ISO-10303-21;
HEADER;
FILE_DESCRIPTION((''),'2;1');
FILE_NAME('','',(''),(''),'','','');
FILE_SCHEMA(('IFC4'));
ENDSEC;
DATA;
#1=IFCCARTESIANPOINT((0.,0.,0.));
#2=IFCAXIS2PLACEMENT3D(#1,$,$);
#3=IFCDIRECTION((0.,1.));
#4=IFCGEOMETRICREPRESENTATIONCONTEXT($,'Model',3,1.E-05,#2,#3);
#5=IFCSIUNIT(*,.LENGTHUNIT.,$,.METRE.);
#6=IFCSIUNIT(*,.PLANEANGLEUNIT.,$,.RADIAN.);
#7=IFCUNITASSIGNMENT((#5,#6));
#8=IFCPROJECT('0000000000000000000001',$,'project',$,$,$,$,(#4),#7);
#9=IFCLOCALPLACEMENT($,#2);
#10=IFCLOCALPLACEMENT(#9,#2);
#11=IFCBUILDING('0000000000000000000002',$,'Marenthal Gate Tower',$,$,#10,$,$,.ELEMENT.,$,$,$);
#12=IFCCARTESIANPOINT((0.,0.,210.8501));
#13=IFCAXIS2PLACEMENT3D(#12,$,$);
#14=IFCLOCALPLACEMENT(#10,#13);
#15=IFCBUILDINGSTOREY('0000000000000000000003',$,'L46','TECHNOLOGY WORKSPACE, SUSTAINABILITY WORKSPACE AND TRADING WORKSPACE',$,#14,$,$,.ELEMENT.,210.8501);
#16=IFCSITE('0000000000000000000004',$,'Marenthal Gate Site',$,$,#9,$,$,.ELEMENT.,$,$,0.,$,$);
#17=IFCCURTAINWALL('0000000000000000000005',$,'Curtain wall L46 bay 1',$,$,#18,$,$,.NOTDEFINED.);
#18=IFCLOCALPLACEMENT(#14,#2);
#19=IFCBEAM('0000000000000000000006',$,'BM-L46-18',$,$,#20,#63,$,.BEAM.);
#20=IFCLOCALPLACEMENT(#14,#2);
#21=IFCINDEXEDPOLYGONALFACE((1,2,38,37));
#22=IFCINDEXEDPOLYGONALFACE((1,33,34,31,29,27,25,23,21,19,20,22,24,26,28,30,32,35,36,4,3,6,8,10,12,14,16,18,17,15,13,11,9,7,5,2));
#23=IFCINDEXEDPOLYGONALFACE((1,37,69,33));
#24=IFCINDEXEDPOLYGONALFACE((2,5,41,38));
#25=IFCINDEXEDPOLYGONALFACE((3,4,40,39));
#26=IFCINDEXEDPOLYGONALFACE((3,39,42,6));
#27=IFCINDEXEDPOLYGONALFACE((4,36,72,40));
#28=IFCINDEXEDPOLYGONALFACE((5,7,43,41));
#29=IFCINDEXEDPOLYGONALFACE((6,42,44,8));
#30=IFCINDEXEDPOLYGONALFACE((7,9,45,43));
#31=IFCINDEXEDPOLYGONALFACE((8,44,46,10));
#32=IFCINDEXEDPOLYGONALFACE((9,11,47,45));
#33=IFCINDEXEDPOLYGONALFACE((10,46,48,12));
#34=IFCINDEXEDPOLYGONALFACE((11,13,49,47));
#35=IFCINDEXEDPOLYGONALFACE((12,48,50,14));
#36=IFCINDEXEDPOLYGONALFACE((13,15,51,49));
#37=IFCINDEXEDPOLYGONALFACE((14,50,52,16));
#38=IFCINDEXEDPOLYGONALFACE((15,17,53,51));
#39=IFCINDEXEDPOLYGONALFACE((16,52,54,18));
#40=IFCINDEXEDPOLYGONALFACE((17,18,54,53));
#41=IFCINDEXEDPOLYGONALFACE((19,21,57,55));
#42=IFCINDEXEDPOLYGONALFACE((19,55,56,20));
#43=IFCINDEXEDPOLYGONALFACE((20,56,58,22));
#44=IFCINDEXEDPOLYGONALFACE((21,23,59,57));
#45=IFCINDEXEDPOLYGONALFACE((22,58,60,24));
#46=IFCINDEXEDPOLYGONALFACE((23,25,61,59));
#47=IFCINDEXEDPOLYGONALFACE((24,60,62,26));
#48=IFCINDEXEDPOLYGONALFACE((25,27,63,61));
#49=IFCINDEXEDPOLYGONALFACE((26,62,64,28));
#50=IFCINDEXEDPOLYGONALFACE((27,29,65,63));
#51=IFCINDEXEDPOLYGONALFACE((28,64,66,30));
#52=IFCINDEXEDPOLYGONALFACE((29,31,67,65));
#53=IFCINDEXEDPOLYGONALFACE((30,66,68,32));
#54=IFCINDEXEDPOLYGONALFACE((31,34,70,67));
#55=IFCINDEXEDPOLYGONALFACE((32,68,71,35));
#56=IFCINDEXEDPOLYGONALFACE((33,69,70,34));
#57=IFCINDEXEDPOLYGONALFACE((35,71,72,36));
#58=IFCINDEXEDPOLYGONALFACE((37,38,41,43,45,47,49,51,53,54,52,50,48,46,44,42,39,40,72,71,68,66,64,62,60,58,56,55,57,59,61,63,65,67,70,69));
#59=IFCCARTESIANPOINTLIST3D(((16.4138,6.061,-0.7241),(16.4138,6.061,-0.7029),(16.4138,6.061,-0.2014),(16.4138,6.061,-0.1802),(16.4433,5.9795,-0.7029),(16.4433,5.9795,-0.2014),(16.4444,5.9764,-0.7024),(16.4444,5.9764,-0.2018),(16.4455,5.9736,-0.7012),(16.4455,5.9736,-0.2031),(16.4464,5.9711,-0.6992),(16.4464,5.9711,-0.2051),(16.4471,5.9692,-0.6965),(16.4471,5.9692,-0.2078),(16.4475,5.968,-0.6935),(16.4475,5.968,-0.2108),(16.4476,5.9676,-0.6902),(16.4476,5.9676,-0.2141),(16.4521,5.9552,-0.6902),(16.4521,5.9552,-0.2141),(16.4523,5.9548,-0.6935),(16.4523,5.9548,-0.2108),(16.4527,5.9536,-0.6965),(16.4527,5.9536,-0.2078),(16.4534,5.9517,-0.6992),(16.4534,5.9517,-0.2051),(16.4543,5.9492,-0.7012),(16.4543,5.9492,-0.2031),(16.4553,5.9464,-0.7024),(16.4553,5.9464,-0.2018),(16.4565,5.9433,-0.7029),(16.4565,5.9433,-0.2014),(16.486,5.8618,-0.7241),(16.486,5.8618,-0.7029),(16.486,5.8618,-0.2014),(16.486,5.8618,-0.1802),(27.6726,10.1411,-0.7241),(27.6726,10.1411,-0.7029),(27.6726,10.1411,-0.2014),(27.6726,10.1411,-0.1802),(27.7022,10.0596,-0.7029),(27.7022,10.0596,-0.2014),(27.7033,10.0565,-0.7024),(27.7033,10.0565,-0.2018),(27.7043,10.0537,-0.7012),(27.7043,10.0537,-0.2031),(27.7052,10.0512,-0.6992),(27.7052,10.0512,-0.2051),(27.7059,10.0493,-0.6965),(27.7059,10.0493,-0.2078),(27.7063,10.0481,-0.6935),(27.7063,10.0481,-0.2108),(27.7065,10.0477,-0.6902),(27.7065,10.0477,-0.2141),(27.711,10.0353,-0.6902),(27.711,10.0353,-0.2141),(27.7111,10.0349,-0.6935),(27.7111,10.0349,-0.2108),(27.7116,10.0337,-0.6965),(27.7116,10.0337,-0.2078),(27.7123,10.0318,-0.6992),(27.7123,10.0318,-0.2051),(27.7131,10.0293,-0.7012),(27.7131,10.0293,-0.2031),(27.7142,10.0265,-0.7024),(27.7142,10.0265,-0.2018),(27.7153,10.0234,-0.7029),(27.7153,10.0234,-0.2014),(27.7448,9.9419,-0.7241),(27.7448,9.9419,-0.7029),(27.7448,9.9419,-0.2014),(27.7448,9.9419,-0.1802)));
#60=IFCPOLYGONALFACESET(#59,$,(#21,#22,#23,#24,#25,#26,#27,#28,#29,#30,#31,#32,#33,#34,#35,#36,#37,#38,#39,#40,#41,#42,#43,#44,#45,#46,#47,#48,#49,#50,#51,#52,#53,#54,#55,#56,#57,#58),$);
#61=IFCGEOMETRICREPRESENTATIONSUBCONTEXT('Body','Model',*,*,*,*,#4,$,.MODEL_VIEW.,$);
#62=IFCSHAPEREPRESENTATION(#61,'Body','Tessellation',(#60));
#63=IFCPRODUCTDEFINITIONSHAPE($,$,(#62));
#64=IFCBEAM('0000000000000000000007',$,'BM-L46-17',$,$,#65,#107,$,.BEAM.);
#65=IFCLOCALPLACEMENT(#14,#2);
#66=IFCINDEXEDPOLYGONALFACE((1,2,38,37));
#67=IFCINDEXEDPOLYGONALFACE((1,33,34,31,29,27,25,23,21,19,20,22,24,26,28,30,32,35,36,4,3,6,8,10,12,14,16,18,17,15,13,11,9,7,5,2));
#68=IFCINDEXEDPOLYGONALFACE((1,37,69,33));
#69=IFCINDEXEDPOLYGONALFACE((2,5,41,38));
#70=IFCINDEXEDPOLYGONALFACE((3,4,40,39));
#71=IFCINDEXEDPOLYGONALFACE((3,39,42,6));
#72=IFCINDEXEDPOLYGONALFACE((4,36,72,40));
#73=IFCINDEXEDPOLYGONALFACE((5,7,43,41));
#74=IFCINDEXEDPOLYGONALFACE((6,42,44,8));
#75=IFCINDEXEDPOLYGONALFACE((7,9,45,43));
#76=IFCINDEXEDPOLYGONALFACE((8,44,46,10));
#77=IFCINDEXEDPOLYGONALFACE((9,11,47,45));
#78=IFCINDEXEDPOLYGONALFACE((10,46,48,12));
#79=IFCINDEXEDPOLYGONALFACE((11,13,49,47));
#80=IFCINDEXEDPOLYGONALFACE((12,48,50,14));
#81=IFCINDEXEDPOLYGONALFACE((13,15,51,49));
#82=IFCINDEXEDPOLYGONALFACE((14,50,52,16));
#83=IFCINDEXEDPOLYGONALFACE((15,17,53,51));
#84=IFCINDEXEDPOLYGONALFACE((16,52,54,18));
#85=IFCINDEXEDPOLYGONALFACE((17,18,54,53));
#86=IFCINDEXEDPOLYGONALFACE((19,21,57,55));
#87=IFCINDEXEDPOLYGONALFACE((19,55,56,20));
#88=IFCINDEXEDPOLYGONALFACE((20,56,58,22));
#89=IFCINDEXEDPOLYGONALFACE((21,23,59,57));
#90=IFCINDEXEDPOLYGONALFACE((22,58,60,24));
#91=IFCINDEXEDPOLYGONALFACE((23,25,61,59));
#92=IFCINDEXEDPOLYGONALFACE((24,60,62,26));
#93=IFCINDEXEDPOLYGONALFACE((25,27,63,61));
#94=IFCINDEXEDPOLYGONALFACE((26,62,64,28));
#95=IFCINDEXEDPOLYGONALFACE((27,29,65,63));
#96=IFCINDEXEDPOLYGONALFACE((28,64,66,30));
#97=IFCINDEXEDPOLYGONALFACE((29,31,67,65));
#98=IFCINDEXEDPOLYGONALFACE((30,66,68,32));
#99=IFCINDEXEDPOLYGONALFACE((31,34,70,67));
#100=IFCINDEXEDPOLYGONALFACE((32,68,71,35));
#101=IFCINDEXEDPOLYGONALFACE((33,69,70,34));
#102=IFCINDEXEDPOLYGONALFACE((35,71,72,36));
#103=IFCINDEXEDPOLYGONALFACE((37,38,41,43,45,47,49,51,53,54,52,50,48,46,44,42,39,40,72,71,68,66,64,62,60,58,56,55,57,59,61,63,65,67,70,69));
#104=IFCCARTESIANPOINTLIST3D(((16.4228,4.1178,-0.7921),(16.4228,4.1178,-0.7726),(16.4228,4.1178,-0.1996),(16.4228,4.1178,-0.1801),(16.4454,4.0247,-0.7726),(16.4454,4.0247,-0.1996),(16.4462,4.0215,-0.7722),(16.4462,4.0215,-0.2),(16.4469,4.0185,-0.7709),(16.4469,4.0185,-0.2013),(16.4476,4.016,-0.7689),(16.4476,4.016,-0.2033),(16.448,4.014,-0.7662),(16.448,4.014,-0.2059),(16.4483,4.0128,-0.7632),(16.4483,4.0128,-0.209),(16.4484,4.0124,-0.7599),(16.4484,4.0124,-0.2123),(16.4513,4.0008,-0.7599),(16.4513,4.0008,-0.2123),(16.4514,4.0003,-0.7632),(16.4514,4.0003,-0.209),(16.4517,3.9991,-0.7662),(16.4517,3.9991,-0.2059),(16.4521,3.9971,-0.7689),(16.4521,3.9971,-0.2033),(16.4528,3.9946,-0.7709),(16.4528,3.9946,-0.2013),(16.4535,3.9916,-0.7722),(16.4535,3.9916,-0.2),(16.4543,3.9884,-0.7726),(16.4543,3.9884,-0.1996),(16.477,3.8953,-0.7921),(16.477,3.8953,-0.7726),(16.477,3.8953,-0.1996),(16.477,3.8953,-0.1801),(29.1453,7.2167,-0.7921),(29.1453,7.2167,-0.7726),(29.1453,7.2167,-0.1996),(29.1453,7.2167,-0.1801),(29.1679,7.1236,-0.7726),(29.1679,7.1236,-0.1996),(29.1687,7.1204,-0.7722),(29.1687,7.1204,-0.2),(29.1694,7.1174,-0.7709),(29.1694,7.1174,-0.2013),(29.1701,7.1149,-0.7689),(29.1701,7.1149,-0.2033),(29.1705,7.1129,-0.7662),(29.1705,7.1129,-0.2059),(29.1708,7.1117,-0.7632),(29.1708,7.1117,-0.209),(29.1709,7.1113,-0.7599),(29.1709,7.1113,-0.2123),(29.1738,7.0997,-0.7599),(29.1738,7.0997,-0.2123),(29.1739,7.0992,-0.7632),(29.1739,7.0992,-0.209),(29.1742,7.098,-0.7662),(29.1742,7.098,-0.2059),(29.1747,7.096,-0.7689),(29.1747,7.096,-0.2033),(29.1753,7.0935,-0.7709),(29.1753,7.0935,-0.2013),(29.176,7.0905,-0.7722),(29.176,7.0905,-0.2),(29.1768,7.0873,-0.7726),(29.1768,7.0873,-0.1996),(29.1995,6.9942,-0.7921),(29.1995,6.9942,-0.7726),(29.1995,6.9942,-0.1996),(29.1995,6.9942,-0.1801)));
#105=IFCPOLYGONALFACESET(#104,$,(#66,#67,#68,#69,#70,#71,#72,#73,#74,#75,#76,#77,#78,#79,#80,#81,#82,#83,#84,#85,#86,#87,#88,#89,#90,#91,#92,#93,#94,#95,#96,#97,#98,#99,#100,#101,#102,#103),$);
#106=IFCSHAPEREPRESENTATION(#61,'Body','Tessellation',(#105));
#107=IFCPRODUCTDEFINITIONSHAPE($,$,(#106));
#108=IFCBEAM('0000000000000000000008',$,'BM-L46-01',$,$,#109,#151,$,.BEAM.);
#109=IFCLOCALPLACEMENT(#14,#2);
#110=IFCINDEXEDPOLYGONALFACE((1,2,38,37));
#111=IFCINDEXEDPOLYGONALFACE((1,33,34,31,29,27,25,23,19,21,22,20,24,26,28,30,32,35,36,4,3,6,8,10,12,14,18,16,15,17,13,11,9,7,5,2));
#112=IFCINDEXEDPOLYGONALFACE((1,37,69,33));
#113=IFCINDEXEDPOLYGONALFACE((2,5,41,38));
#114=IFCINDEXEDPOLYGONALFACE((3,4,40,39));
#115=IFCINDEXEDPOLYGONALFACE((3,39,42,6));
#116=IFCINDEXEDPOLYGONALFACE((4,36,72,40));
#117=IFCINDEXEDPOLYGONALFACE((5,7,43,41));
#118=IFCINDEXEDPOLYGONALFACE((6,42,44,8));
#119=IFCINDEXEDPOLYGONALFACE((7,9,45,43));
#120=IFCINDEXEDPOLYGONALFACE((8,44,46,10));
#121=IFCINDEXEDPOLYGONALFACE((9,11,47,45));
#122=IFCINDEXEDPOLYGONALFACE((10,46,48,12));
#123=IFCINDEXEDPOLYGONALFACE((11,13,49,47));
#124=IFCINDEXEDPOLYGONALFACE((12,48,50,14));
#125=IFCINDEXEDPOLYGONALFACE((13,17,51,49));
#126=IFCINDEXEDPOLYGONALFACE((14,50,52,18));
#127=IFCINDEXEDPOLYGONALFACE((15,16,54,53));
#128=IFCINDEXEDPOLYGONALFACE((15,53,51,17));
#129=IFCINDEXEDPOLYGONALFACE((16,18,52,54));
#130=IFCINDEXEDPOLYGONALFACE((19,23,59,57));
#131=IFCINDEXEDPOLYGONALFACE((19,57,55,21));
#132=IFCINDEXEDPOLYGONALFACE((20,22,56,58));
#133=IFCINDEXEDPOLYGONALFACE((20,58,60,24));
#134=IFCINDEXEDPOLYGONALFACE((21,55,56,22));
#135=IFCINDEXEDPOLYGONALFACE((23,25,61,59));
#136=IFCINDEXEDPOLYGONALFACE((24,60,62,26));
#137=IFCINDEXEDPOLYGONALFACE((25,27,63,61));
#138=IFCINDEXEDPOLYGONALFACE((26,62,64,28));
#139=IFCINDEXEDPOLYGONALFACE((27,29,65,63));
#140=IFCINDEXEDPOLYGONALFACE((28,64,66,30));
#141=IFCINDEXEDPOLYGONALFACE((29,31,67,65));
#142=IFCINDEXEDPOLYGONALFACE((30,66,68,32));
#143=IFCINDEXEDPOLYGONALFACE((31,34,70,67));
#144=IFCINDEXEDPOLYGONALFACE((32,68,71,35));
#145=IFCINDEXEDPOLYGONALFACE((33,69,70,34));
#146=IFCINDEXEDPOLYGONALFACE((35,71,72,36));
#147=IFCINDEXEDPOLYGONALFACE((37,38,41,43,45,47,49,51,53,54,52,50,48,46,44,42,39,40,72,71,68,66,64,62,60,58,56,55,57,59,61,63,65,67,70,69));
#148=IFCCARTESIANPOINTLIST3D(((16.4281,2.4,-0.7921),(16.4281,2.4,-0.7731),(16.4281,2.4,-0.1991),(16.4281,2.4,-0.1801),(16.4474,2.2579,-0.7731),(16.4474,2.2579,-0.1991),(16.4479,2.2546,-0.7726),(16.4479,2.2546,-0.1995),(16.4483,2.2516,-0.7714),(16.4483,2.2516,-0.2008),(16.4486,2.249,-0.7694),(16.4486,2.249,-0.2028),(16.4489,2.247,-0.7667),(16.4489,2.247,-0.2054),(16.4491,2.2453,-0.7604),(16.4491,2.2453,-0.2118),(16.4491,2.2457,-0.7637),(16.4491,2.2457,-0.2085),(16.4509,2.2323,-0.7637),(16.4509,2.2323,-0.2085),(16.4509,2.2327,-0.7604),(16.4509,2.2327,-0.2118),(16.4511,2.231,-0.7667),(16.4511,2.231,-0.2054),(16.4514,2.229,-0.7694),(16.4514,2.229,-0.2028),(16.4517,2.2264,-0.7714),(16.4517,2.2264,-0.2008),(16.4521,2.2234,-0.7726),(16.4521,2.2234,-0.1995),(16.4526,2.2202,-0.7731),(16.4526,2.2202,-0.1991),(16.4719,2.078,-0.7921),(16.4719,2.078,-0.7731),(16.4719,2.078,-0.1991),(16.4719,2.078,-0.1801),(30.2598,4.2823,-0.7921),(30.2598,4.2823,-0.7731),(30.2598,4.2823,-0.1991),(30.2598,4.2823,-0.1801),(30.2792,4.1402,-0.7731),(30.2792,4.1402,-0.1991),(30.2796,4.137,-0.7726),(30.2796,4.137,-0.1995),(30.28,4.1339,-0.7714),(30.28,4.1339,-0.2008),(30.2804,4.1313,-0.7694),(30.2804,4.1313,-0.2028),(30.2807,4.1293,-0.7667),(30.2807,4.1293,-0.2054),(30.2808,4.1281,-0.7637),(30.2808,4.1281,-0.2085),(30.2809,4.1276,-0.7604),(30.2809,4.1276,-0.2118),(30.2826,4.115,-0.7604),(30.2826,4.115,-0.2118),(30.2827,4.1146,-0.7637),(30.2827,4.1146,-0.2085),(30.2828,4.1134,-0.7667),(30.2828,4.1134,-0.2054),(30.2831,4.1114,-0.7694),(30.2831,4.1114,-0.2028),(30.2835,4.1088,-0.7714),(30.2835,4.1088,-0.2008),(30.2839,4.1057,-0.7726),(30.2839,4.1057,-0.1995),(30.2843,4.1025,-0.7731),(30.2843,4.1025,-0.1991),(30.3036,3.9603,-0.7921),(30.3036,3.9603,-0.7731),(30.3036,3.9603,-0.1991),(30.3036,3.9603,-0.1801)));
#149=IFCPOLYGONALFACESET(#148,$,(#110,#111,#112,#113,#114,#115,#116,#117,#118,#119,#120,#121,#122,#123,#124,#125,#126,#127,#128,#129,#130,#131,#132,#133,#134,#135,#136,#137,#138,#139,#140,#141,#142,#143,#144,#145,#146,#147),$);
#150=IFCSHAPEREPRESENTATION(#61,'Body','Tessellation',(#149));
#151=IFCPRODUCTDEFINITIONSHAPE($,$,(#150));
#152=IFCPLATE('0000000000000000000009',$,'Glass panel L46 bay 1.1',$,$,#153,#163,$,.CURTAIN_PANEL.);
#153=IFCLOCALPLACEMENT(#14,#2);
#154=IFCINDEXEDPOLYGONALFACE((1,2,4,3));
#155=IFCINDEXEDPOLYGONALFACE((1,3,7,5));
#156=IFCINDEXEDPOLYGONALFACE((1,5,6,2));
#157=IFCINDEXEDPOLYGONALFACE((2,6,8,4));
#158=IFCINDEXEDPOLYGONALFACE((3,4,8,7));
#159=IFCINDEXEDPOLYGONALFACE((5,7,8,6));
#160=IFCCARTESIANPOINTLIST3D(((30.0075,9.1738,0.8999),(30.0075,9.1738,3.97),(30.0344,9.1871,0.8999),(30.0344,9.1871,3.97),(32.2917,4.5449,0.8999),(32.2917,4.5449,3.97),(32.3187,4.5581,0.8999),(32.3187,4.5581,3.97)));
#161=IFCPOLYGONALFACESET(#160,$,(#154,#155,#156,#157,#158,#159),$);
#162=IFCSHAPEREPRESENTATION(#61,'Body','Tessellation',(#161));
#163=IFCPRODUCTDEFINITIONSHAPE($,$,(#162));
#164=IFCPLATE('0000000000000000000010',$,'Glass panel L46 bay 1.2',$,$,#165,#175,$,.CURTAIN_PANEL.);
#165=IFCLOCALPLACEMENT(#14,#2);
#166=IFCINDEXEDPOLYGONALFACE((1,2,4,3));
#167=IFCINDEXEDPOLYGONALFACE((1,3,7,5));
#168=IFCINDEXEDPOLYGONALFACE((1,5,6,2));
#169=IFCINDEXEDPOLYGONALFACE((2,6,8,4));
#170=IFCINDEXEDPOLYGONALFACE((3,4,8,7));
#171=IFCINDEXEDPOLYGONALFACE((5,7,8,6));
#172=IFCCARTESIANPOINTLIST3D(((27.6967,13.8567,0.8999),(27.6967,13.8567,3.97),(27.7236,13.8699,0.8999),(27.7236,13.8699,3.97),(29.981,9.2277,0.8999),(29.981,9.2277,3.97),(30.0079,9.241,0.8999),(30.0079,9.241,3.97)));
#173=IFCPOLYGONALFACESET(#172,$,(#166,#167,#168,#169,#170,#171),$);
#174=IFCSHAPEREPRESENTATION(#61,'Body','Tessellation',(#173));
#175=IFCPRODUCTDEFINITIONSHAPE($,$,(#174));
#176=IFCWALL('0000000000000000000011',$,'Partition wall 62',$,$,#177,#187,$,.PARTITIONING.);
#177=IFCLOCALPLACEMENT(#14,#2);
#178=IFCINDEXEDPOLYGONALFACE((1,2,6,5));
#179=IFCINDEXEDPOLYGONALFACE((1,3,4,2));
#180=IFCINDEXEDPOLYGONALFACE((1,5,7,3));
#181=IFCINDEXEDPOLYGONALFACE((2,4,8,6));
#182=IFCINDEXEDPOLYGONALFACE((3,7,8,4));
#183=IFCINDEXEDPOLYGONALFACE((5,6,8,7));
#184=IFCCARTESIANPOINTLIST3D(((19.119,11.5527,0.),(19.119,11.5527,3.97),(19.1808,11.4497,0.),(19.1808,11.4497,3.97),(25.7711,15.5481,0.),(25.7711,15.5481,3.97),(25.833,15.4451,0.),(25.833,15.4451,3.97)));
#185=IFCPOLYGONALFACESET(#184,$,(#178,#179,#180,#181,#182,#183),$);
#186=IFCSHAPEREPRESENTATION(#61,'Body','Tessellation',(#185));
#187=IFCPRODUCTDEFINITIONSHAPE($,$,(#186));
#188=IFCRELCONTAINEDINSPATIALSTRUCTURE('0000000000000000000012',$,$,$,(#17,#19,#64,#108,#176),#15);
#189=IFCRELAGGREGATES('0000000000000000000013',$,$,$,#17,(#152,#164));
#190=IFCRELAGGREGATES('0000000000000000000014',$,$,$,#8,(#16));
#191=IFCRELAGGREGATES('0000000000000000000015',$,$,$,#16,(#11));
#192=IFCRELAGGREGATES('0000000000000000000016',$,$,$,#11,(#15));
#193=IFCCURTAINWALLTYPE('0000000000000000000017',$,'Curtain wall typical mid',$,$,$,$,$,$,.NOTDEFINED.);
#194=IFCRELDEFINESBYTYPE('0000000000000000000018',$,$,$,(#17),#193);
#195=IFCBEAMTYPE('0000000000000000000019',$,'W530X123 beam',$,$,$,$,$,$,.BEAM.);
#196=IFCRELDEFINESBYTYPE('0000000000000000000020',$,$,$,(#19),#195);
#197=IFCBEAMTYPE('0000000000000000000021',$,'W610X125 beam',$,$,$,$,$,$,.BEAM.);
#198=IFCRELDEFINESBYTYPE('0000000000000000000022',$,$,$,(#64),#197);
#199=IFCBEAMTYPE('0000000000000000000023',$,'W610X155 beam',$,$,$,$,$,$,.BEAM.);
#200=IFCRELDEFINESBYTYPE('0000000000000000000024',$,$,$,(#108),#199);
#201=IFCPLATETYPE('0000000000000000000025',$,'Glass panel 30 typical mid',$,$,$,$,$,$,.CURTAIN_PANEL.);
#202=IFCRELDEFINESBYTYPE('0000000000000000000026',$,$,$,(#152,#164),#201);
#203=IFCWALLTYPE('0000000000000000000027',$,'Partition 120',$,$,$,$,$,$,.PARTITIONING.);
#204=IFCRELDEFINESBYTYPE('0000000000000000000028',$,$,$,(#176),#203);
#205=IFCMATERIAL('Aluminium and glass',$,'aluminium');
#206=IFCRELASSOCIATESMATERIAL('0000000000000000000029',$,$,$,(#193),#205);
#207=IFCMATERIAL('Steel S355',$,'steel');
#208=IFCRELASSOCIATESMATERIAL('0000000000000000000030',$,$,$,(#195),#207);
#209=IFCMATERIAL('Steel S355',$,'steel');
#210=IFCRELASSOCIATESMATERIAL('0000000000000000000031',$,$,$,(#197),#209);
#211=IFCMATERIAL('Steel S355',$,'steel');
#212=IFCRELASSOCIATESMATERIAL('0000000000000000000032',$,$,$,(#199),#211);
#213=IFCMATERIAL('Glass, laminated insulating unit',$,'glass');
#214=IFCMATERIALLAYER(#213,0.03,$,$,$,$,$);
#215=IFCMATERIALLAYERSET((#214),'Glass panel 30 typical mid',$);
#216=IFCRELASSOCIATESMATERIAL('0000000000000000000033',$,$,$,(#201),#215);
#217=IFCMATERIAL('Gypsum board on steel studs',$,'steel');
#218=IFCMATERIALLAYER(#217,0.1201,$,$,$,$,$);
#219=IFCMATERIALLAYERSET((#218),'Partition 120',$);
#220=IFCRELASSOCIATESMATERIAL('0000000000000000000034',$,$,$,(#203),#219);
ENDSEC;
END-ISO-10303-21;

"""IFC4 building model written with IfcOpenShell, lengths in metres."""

from ifc_helpers import new_model, si_unit, direction, frame, frame_2d, origin, origin_2d, place, context, subcontext, project, spatial, rectangle, i_section, extrude, material, layer, layer_set, material_profile, profile_set, type_object, element, aggregate, save


model = new_model("IFC4")

# Units and contexts
model_context = context("Model", 3, precision=1e-05, world=origin(), true_north=direction((0.0, 1.0)))
body_context = subcontext(model_context, "Body", "Model", "MODEL_VIEW")
ifc_project = project(units=[si_unit("LENGTHUNIT", "METRE"), si_unit("PLANEANGLEUNIT", "RADIAN")], contexts=[model_context])

# Site, building, storey
site_placement = place(None, origin())
site = spatial("IfcSite", under=ifc_project, at=site_placement, Name="Marenthal Gate Site", CompositionType="ELEMENT", RefElevation=0.0)
building_placement = place(site_placement, origin())
building = spatial("IfcBuilding", under=site, at=building_placement, Name="Marenthal Gate Tower", CompositionType="ELEMENT")
storey_placement = place(building_placement, frame((0.0, 0.0, 210.8501)))
storey = spatial("IfcBuildingStorey", under=building, at=storey_placement, Name="L46", Description="TECHNOLOGY WORKSPACE, SUSTAINABILITY WORKSPACE AND TRADING WORKSPACE", CompositionType="ELEMENT", Elevation=210.8501)

# Curtain wall
ifc_material_1 = material(Name="Aluminium and glass", Category="aluminium")
curtain_wall_type = type_object("IfcCurtainWallType", Name="Curtain wall typical mid", PredefinedType="NOTDEFINED", material=ifc_material_1)
curtain_wall_placement = place(storey_placement, origin())
curtain_wall = element("IfcCurtainWall", 1, at=curtain_wall_placement, inside=storey, type_object=curtain_wall_type, Name="Curtain wall L46 bay 1", PredefinedType="NOTDEFINED")

# Beams
ifc_material_2 = material(Name="Steel S355", Category="steel")
ifc_material_profile_1 = material_profile(ifc_material_2, i_section(OverallWidth=0.2119, OverallDepth=0.5439, WebThickness=0.0132, FlangeThickness=0.0212, FilletRadius=0.0127, at=origin_2d()), Name="W530X123")
ifc_profile_set_1 = profile_set([ifc_material_profile_1], Name="Steel S355")
beam_type_1 = type_object("IfcBeamType", Name="W530X123 beam", PredefinedType="BEAM", material=ifc_profile_set_1)
beam_1_placement = place(storey_placement, frame((27.7087, 10.0415, -0.4521), z_axis=(-0.940169, -0.340708, 0.0), x_axis=(0.340708, -0.940169, 0.0)))
element("IfcBeam", 2, at=beam_1_placement, inside=storey, type_object=beam_type_1, Name="BM-L46-18", PredefinedType="BEAM", context=body_context, shape_type="SweptSolid", body=[
    extrude(i_section(OverallWidth=0.2119, OverallDepth=0.5439, WebThickness=0.0132, FlangeThickness=0.0212, FilletRadius=0.0127, at=origin_2d()), origin(), (0.0, 0.0, 1.0), 11.9753),
])
ifc_material_3 = material(Name="Steel S355", Category="steel")
ifc_material_profile_2 = material_profile(ifc_material_3, i_section(OverallWidth=0.229, OverallDepth=0.6121, WebThickness=0.012, FlangeThickness=0.0195, FilletRadius=0.0127, at=origin_2d()), Name="W610X125")
ifc_profile_set_2 = profile_set([ifc_material_profile_2], Name="Steel S355")
beam_type_2 = type_object("IfcBeamType", Name="W610X125 beam", PredefinedType="BEAM", material=ifc_profile_set_2)
beam_2_placement = place(storey_placement, frame((29.1724, 7.1055, -0.4861), z_axis=(-0.971593, -0.236657, 0.0), x_axis=(0.236657, -0.971593, 0.0)))
element("IfcBeam", 3, at=beam_2_placement, inside=storey, type_object=beam_type_2, Name="BM-L46-17", PredefinedType="BEAM", context=body_context, shape_type="SweptSolid", body=[
    extrude(i_section(OverallWidth=0.229, OverallDepth=0.6121, WebThickness=0.012, FlangeThickness=0.0195, FilletRadius=0.0127, at=origin_2d()), origin(), (0.0, 0.0, 1.0), 13.0945),
])
ifc_material_4 = material(Name="Steel S355", Category="steel")
ifc_material_profile_3 = material_profile(ifc_material_4, i_section(OverallWidth=0.325, OverallDepth=0.6121, WebThickness=0.0127, FlangeThickness=0.019, FilletRadius=0.0127, at=origin_2d()), Name="W610X155")
ifc_profile_set_3 = profile_set([ifc_material_profile_3], Name="Steel S355")
beam_type_3 = type_object("IfcBeamType", Name="W610X155 beam", PredefinedType="BEAM", material=ifc_profile_set_3)
beam_3_placement = place(storey_placement, frame((30.2817, 4.1213, -0.4861), z_axis=(-0.990867, -0.134844, 0.0), x_axis=(0.134844, -0.990867, 0.0)))
element("IfcBeam", 4, at=beam_3_placement, inside=storey, type_object=beam_type_3, Name="BM-L46-01", PredefinedType="BEAM", context=body_context, shape_type="SweptSolid", body=[
    extrude(i_section(OverallWidth=0.325, OverallDepth=0.6121, WebThickness=0.0127, FlangeThickness=0.019, FilletRadius=0.0127, at=origin_2d()), origin(), (0.0, 0.0, 1.0), 13.9592),
])

# Plates
ifc_material_5 = material(Name="Glass, laminated insulating unit", Category="glass")
ifc_layer_1 = layer(ifc_material_5, 0.03)
ifc_layer_set_1 = layer_set([ifc_layer_1], Name="Glass panel 30 typical mid")
plate_type = type_object("IfcPlateType", Name="Glass panel 30 typical mid", PredefinedType="CURTAIN_PANEL", material=ifc_layer_set_1)
plate_1_placement = place(storey_placement, frame((31.1631, 6.866, 0.8999), z_axis=(0.0, 0.0, 1.0), x_axis=(-0.442523, 0.896757, 0.0)))
plate_1 = element("IfcPlate", 5, at=plate_1_placement, type_object=plate_type, Name="Glass panel L46 bay 1.1", PredefinedType="CURTAIN_PANEL", context=body_context, shape_type="SweptSolid", body=[
    extrude(rectangle(XDim=5.1619, YDim=0.03, at=origin_2d()), origin(), (0.0, 0.0, 1.0), 3.0701),
])
plate_2_placement = place(storey_placement, frame((28.8523, 11.5488, 0.8999), z_axis=(0.0, 0.0, 1.0), x_axis=(-0.442523, 0.896757, 0.0)))
plate_2 = element("IfcPlate", 6, at=plate_2_placement, type_object=plate_type, Name="Glass panel L46 bay 1.2", PredefinedType="CURTAIN_PANEL", context=body_context, shape_type="SweptSolid", body=[
    extrude(rectangle(XDim=5.1619, YDim=0.03, at=origin_2d()), origin(), (0.0, 0.0, 1.0), 3.0701),
])
aggregate(curtain_wall, [plate_1, plate_2])

# Wall
ifc_material_6 = material(Name="Gypsum board on steel studs", Category="steel")
ifc_layer_2 = layer(ifc_material_6, 0.1201)
ifc_layer_set_2 = layer_set([ifc_layer_2], Name="Partition 120")
wall_type_1 = type_object("IfcWallType", Name="Partition 120", PredefinedType="PARTITIONING", material=ifc_layer_set_2)
wall_1_placement = place(storey_placement, frame((19.1499, 11.5012, 0.0), z_axis=(0.0, 0.0, 1.0), x_axis=(0.85726, 0.514884, 0.0)))
element("IfcWall", 7, at=wall_1_placement, inside=storey, type_object=wall_type_1, Name="Partition wall 62", PredefinedType="PARTITIONING", context=body_context, shape_type="SweptSolid", body=[
    extrude(rectangle(XDim=7.7598, YDim=0.1201, at=frame_2d((3.8799, 0.0))), origin(), (0.0, 0.0, 1.0), 3.97),
])

save(model, "model.ifc")
